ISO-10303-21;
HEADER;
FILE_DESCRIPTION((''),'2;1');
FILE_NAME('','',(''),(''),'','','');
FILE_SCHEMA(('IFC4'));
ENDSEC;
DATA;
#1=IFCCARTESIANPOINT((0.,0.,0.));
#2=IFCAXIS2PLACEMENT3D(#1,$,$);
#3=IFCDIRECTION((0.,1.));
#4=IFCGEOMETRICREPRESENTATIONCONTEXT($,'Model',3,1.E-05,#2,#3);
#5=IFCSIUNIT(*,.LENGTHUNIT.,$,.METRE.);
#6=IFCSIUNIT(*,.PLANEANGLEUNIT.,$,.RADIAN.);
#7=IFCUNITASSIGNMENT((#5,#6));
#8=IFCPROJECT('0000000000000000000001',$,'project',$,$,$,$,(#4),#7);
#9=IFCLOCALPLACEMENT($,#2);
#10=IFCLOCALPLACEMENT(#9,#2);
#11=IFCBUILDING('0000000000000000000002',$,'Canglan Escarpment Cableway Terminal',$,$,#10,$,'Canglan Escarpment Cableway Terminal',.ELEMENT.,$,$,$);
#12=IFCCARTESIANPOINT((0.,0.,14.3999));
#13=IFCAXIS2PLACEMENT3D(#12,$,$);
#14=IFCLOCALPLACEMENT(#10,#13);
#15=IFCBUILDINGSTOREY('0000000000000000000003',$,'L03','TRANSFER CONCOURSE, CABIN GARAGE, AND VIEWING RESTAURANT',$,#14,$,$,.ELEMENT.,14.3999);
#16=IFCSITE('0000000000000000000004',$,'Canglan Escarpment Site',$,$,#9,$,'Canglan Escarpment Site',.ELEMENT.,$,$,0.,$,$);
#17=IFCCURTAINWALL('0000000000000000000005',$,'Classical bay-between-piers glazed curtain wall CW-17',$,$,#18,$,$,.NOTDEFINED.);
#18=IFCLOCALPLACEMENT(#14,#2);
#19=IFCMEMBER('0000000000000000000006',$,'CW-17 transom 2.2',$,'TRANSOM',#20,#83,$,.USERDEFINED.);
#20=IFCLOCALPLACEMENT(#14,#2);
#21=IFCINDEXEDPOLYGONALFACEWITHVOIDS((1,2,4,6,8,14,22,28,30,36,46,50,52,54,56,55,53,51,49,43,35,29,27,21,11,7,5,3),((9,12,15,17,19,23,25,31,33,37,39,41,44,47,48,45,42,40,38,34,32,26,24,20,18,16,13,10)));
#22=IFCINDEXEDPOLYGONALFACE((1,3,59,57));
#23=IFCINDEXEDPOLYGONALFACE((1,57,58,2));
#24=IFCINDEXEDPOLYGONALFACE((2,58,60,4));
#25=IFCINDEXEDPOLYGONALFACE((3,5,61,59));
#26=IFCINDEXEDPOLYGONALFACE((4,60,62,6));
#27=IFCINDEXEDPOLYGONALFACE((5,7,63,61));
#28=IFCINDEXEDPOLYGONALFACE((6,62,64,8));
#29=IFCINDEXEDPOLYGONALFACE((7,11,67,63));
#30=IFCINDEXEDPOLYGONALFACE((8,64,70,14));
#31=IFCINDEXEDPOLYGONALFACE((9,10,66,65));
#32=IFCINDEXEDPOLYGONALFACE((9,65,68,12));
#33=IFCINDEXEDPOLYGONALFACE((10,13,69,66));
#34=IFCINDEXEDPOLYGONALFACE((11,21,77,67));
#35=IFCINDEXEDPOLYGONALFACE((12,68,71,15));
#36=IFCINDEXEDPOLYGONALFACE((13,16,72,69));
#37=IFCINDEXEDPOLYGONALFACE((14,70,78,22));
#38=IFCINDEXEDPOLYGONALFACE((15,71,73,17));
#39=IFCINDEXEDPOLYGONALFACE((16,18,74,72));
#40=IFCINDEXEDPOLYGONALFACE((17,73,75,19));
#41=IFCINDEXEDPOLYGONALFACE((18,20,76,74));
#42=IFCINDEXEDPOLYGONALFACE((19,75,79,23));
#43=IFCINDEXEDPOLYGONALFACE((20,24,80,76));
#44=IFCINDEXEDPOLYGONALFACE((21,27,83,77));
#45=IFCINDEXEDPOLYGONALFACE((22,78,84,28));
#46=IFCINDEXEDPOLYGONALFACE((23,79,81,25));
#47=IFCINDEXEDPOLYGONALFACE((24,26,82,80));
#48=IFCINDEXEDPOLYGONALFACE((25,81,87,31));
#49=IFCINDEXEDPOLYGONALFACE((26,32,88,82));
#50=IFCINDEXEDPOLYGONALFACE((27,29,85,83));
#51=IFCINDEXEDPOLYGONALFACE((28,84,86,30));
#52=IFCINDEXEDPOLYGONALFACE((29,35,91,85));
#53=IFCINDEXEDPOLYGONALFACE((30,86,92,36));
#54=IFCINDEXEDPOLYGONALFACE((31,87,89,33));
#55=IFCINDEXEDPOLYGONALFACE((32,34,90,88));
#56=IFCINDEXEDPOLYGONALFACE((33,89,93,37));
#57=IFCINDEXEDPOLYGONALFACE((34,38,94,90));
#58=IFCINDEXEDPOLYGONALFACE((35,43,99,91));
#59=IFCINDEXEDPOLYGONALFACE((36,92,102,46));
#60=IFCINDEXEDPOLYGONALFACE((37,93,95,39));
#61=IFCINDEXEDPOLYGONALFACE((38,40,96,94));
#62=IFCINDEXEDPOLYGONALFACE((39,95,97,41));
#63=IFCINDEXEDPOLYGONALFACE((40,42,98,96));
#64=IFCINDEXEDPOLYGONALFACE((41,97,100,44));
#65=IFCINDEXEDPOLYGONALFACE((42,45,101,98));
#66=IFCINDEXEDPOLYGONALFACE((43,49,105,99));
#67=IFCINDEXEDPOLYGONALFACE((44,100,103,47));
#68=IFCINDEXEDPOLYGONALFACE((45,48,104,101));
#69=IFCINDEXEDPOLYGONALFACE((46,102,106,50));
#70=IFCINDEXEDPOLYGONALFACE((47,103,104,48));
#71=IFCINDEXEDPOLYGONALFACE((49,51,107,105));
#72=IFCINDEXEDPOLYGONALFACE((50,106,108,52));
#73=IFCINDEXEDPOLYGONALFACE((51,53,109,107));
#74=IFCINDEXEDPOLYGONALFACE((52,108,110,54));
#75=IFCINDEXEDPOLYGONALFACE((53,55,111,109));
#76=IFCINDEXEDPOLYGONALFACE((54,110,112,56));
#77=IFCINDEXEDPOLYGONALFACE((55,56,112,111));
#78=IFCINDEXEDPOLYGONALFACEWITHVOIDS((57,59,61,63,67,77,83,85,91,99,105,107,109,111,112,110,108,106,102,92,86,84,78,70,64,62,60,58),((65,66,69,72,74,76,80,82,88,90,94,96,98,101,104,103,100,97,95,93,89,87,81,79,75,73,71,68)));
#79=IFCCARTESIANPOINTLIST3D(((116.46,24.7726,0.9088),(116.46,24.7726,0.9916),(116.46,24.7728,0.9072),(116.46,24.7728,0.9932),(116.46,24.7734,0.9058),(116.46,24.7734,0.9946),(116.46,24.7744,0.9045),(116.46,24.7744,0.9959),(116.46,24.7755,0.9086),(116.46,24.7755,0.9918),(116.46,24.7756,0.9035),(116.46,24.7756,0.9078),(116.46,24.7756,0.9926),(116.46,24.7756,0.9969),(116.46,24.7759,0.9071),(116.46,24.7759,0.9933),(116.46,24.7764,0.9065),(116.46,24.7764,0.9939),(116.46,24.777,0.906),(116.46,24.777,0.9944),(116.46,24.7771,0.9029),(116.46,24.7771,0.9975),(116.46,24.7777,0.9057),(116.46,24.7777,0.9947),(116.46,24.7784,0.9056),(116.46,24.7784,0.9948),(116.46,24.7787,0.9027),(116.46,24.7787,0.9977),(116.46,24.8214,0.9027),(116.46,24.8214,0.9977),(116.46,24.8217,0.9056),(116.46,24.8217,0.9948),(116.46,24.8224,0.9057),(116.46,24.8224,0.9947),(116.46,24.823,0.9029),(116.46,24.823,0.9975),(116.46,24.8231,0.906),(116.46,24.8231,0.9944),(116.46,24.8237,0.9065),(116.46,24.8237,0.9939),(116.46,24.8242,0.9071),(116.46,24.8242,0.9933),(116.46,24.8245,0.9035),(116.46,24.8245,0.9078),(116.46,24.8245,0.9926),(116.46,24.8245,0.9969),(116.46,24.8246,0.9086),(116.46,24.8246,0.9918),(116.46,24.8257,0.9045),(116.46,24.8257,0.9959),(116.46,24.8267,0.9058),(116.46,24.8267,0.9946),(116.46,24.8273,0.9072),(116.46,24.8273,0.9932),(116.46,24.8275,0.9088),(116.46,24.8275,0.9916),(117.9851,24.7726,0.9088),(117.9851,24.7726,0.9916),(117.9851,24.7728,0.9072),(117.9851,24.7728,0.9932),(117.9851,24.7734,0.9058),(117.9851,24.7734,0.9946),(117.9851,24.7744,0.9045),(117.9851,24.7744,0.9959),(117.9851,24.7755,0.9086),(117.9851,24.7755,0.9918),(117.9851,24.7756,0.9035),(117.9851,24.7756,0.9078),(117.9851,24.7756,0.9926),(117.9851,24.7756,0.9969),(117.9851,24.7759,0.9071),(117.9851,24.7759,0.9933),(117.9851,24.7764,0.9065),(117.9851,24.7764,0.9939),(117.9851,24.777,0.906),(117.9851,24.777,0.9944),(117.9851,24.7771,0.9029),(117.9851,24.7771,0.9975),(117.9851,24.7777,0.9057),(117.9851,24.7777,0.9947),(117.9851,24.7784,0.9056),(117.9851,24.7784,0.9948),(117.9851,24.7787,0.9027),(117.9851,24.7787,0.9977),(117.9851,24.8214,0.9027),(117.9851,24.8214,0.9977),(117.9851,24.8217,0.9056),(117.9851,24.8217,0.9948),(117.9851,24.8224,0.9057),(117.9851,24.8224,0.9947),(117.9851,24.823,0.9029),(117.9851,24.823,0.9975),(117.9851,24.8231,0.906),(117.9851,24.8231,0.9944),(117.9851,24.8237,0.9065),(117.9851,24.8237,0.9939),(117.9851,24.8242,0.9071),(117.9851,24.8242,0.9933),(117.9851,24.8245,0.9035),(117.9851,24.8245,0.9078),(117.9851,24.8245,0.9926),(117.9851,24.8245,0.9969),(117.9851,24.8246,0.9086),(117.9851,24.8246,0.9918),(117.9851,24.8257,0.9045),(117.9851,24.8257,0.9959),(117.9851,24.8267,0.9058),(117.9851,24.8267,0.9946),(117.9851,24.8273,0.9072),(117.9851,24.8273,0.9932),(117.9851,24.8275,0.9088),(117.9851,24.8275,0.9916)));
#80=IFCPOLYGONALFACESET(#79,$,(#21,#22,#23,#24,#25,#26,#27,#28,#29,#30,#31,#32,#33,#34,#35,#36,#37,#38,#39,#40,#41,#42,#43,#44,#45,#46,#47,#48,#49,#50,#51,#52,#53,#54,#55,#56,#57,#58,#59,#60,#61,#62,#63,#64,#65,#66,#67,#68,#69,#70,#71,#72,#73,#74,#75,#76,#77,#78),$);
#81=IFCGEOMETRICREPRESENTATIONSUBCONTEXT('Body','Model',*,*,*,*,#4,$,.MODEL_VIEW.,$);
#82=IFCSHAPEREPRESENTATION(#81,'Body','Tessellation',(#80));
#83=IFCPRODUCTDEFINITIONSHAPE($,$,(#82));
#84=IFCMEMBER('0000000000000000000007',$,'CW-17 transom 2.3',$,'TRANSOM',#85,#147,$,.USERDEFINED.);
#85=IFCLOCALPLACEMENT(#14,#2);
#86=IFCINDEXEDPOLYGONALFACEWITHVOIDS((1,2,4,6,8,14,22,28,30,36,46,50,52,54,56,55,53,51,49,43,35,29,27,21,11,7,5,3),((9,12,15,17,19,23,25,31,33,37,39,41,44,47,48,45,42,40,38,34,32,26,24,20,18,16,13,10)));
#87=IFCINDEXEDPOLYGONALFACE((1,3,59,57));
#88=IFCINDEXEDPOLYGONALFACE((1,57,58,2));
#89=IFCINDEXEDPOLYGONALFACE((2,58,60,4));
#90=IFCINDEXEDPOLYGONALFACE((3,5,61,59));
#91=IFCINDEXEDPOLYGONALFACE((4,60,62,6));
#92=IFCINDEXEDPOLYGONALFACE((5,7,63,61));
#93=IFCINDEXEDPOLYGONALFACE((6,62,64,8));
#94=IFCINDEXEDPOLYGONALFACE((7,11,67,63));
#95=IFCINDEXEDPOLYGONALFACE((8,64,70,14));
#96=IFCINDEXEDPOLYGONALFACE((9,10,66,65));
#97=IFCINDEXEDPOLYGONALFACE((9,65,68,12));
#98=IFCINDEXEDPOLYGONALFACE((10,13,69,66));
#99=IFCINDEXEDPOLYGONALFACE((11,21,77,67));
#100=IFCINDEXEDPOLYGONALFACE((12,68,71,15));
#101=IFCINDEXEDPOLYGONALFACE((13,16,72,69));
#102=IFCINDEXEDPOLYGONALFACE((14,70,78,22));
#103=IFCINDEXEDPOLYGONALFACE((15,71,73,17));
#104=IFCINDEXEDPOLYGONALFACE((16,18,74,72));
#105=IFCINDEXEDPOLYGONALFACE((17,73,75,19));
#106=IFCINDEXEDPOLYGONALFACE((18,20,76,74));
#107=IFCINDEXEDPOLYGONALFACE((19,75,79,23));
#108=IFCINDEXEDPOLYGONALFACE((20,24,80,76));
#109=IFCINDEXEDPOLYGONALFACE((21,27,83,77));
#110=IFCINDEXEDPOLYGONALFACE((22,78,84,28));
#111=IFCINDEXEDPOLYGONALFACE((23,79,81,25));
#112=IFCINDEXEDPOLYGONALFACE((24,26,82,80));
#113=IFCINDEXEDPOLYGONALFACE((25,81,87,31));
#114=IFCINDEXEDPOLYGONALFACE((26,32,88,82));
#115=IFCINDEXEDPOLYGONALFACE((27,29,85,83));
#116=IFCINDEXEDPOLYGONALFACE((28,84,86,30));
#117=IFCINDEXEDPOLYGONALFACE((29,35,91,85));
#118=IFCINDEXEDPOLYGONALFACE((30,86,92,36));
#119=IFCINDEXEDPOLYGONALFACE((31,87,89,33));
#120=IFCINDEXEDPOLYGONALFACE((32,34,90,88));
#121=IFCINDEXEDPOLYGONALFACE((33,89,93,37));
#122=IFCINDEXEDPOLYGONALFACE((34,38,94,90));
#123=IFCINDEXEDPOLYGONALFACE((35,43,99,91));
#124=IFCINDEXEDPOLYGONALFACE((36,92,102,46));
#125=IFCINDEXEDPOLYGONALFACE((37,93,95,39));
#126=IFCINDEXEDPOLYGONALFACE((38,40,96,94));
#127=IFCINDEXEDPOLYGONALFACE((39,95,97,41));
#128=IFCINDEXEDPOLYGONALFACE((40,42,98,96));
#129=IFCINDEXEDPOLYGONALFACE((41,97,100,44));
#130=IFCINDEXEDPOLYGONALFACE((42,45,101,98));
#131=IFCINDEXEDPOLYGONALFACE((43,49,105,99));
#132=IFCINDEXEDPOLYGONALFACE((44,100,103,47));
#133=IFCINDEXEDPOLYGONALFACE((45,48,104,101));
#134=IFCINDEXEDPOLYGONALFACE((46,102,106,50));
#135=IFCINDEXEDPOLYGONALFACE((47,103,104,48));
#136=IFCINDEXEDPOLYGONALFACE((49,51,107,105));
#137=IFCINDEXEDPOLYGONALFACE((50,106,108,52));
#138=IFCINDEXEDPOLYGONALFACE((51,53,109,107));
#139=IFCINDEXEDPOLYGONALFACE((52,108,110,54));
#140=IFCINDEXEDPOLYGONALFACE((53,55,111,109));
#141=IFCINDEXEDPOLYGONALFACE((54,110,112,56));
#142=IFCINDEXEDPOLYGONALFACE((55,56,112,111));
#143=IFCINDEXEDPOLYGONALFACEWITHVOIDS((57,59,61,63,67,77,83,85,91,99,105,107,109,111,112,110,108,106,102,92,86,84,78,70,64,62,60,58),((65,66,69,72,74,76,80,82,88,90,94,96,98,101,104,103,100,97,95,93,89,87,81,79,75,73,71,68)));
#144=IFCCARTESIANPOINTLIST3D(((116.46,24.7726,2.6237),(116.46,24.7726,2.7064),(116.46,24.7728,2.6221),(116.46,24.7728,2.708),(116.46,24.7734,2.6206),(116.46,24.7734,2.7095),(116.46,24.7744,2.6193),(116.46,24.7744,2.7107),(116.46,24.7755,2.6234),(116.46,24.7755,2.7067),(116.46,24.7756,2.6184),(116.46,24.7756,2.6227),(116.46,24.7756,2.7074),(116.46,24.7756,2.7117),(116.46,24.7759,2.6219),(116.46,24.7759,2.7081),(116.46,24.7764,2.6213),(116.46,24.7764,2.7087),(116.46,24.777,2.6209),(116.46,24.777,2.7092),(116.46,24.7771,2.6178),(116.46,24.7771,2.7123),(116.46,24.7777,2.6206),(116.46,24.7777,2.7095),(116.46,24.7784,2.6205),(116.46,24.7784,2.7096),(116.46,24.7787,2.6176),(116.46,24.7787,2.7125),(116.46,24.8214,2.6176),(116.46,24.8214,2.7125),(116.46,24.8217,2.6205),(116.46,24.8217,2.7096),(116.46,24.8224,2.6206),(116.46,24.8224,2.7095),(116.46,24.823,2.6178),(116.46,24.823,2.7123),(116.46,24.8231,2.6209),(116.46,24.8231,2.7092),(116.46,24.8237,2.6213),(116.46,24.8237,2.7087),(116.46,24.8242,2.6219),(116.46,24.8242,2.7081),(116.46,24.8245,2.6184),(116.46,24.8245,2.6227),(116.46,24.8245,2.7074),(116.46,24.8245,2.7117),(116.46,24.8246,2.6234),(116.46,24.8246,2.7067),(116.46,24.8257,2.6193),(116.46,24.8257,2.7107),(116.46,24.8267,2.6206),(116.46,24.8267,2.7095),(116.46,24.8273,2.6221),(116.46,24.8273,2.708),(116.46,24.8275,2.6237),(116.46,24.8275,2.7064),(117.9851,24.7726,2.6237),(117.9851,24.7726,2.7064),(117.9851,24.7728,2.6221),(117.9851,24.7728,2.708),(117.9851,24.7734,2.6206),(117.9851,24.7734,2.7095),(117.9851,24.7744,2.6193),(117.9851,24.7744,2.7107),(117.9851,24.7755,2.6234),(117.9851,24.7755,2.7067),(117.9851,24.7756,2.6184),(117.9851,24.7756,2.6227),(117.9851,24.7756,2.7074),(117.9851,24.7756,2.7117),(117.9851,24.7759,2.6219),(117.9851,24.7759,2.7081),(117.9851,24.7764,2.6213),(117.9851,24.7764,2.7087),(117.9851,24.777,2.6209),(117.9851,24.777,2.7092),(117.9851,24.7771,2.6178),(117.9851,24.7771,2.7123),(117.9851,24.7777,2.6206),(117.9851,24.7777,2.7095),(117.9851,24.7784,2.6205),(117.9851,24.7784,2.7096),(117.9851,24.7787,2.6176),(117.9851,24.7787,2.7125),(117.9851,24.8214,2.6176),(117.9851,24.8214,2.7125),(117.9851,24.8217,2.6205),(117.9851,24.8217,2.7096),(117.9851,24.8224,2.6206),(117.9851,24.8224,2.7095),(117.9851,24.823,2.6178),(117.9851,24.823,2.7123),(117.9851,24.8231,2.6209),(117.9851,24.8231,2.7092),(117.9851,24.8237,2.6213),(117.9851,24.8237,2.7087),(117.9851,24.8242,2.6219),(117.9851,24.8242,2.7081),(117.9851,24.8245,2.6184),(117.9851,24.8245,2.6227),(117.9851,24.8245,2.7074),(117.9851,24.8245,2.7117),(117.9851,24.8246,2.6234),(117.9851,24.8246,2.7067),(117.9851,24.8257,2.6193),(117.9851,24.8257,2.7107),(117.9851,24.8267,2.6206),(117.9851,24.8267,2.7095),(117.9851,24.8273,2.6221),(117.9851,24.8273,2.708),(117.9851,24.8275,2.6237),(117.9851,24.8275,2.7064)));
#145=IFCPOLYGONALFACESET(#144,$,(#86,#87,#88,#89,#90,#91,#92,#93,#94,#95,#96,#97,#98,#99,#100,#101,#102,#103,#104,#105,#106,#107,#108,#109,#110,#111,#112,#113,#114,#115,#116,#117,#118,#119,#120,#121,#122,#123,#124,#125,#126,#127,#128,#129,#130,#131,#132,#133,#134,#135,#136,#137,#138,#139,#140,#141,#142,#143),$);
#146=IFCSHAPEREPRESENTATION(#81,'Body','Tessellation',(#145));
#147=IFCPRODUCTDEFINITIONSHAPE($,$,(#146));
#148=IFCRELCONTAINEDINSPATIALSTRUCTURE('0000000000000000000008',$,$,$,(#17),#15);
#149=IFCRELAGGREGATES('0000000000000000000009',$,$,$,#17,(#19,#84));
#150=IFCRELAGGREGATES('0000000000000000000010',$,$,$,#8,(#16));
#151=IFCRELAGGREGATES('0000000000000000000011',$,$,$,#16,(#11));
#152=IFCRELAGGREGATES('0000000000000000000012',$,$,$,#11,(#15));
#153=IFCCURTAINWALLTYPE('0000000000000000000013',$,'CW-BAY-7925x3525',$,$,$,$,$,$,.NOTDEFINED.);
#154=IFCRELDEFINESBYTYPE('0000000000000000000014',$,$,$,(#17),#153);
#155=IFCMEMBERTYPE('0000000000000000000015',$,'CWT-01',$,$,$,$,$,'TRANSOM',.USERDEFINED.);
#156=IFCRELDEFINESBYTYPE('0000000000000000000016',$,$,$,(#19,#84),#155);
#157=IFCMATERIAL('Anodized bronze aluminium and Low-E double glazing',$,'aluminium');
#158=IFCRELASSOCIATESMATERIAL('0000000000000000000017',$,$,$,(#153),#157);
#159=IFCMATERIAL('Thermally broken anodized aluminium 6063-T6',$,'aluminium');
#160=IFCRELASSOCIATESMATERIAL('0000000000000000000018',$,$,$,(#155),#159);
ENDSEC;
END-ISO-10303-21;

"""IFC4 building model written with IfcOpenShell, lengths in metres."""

from ifc_helpers import new_model, si_unit, direction, frame, origin, origin_2d, place, context, subcontext, project, spatial, hollow_rectangle, extrude, material, material_profile, profile_set, type_object, element, aggregate, save


model = new_model("IFC4")

# Units and contexts
model_context = context("Model", 3, precision=1e-05, world=origin(), true_north=direction((0.0, 1.0)))
body_context = subcontext(model_context, "Body", "Model", "MODEL_VIEW")
ifc_project = project(units=[si_unit("LENGTHUNIT", "METRE"), si_unit("PLANEANGLEUNIT", "RADIAN")], contexts=[model_context])

# Site, building, storey
site_placement = place(None, origin())
site = spatial("IfcSite", under=ifc_project, at=site_placement, Name="Canglan Escarpment Site", LongName="Canglan Escarpment Site", CompositionType="ELEMENT", RefElevation=0.0)
building_placement = place(site_placement, origin())
building = spatial("IfcBuilding", under=site, at=building_placement, Name="Canglan Escarpment Cableway Terminal", LongName="Canglan Escarpment Cableway Terminal", CompositionType="ELEMENT")
storey_placement = place(building_placement, frame((0.0, 0.0, 14.3999)))
storey = spatial("IfcBuildingStorey", under=building, at=storey_placement, Name="L03", Description="TRANSFER CONCOURSE, CABIN GARAGE, AND VIEWING RESTAURANT", CompositionType="ELEMENT", Elevation=14.3999)

# Curtain wall, members
ifc_material_1 = material(Name="Anodized bronze aluminium and Low-E double glazing", Category="aluminium")
curtain_wall_type = type_object("IfcCurtainWallType", Name="CW-BAY-7925x3525", PredefinedType="NOTDEFINED", material=ifc_material_1)
curtain_wall_placement = place(storey_placement, origin())
curtain_wall = element("IfcCurtainWall", 1, at=curtain_wall_placement, inside=storey, type_object=curtain_wall_type, Name="Classical bay-between-piers glazed curtain wall CW-17", PredefinedType="NOTDEFINED")
ifc_material_2 = material(Name="Thermally broken anodized aluminium 6063-T6", Category="aluminium")
ifc_material_profile_1 = material_profile(ifc_material_2, hollow_rectangle(XDim=0.0549, YDim=0.095, WallThickness=0.0029, InnerFilletRadius=0.0029, OuterFilletRadius=0.0061, at=origin_2d()), Name="ALU-TRAN 55x95x3")
ifc_profile_set_1 = profile_set([ifc_material_profile_1], Name="Thermally broken anodized aluminium 6063-T6")
member_type_1 = type_object("IfcMemberType", Name="CWT-01", ElementType="TRANSOM", PredefinedType="USERDEFINED", material=ifc_profile_set_1)
member_1_placement = place(storey_placement, frame((117.9851, 24.8, 0.9502), z_axis=(-1.0, 0.0, 0.0), x_axis=(0.0, -1.0, 0.0)))
member_1 = element("IfcMember", 2, at=member_1_placement, type_object=member_type_1, Name="CW-17 transom 2.2", ObjectType="TRANSOM", PredefinedType="USERDEFINED", context=body_context, shape_type="SweptSolid", body=[
    extrude(hollow_rectangle(XDim=0.0549, YDim=0.095, WallThickness=0.0029, InnerFilletRadius=0.0029, OuterFilletRadius=0.0061, at=origin_2d()), origin(), (0.0, 0.0, 1.0), 1.5251),
])
member_2_placement = place(storey_placement, frame((117.9851, 24.8, 2.665), z_axis=(-1.0, 0.0, 0.0), x_axis=(0.0, -1.0, 0.0)))
member_2 = element("IfcMember", 3, at=member_2_placement, type_object=member_type_1, Name="CW-17 transom 2.3", ObjectType="TRANSOM", PredefinedType="USERDEFINED", context=body_context, shape_type="SweptSolid", body=[
    extrude(hollow_rectangle(XDim=0.0549, YDim=0.095, WallThickness=0.0029, InnerFilletRadius=0.0029, OuterFilletRadius=0.0061, at=origin_2d()), origin(), (0.0, 0.0, 1.0), 1.5251),
])
aggregate(curtain_wall, [member_1, member_2])

save(model, "model.ifc")
